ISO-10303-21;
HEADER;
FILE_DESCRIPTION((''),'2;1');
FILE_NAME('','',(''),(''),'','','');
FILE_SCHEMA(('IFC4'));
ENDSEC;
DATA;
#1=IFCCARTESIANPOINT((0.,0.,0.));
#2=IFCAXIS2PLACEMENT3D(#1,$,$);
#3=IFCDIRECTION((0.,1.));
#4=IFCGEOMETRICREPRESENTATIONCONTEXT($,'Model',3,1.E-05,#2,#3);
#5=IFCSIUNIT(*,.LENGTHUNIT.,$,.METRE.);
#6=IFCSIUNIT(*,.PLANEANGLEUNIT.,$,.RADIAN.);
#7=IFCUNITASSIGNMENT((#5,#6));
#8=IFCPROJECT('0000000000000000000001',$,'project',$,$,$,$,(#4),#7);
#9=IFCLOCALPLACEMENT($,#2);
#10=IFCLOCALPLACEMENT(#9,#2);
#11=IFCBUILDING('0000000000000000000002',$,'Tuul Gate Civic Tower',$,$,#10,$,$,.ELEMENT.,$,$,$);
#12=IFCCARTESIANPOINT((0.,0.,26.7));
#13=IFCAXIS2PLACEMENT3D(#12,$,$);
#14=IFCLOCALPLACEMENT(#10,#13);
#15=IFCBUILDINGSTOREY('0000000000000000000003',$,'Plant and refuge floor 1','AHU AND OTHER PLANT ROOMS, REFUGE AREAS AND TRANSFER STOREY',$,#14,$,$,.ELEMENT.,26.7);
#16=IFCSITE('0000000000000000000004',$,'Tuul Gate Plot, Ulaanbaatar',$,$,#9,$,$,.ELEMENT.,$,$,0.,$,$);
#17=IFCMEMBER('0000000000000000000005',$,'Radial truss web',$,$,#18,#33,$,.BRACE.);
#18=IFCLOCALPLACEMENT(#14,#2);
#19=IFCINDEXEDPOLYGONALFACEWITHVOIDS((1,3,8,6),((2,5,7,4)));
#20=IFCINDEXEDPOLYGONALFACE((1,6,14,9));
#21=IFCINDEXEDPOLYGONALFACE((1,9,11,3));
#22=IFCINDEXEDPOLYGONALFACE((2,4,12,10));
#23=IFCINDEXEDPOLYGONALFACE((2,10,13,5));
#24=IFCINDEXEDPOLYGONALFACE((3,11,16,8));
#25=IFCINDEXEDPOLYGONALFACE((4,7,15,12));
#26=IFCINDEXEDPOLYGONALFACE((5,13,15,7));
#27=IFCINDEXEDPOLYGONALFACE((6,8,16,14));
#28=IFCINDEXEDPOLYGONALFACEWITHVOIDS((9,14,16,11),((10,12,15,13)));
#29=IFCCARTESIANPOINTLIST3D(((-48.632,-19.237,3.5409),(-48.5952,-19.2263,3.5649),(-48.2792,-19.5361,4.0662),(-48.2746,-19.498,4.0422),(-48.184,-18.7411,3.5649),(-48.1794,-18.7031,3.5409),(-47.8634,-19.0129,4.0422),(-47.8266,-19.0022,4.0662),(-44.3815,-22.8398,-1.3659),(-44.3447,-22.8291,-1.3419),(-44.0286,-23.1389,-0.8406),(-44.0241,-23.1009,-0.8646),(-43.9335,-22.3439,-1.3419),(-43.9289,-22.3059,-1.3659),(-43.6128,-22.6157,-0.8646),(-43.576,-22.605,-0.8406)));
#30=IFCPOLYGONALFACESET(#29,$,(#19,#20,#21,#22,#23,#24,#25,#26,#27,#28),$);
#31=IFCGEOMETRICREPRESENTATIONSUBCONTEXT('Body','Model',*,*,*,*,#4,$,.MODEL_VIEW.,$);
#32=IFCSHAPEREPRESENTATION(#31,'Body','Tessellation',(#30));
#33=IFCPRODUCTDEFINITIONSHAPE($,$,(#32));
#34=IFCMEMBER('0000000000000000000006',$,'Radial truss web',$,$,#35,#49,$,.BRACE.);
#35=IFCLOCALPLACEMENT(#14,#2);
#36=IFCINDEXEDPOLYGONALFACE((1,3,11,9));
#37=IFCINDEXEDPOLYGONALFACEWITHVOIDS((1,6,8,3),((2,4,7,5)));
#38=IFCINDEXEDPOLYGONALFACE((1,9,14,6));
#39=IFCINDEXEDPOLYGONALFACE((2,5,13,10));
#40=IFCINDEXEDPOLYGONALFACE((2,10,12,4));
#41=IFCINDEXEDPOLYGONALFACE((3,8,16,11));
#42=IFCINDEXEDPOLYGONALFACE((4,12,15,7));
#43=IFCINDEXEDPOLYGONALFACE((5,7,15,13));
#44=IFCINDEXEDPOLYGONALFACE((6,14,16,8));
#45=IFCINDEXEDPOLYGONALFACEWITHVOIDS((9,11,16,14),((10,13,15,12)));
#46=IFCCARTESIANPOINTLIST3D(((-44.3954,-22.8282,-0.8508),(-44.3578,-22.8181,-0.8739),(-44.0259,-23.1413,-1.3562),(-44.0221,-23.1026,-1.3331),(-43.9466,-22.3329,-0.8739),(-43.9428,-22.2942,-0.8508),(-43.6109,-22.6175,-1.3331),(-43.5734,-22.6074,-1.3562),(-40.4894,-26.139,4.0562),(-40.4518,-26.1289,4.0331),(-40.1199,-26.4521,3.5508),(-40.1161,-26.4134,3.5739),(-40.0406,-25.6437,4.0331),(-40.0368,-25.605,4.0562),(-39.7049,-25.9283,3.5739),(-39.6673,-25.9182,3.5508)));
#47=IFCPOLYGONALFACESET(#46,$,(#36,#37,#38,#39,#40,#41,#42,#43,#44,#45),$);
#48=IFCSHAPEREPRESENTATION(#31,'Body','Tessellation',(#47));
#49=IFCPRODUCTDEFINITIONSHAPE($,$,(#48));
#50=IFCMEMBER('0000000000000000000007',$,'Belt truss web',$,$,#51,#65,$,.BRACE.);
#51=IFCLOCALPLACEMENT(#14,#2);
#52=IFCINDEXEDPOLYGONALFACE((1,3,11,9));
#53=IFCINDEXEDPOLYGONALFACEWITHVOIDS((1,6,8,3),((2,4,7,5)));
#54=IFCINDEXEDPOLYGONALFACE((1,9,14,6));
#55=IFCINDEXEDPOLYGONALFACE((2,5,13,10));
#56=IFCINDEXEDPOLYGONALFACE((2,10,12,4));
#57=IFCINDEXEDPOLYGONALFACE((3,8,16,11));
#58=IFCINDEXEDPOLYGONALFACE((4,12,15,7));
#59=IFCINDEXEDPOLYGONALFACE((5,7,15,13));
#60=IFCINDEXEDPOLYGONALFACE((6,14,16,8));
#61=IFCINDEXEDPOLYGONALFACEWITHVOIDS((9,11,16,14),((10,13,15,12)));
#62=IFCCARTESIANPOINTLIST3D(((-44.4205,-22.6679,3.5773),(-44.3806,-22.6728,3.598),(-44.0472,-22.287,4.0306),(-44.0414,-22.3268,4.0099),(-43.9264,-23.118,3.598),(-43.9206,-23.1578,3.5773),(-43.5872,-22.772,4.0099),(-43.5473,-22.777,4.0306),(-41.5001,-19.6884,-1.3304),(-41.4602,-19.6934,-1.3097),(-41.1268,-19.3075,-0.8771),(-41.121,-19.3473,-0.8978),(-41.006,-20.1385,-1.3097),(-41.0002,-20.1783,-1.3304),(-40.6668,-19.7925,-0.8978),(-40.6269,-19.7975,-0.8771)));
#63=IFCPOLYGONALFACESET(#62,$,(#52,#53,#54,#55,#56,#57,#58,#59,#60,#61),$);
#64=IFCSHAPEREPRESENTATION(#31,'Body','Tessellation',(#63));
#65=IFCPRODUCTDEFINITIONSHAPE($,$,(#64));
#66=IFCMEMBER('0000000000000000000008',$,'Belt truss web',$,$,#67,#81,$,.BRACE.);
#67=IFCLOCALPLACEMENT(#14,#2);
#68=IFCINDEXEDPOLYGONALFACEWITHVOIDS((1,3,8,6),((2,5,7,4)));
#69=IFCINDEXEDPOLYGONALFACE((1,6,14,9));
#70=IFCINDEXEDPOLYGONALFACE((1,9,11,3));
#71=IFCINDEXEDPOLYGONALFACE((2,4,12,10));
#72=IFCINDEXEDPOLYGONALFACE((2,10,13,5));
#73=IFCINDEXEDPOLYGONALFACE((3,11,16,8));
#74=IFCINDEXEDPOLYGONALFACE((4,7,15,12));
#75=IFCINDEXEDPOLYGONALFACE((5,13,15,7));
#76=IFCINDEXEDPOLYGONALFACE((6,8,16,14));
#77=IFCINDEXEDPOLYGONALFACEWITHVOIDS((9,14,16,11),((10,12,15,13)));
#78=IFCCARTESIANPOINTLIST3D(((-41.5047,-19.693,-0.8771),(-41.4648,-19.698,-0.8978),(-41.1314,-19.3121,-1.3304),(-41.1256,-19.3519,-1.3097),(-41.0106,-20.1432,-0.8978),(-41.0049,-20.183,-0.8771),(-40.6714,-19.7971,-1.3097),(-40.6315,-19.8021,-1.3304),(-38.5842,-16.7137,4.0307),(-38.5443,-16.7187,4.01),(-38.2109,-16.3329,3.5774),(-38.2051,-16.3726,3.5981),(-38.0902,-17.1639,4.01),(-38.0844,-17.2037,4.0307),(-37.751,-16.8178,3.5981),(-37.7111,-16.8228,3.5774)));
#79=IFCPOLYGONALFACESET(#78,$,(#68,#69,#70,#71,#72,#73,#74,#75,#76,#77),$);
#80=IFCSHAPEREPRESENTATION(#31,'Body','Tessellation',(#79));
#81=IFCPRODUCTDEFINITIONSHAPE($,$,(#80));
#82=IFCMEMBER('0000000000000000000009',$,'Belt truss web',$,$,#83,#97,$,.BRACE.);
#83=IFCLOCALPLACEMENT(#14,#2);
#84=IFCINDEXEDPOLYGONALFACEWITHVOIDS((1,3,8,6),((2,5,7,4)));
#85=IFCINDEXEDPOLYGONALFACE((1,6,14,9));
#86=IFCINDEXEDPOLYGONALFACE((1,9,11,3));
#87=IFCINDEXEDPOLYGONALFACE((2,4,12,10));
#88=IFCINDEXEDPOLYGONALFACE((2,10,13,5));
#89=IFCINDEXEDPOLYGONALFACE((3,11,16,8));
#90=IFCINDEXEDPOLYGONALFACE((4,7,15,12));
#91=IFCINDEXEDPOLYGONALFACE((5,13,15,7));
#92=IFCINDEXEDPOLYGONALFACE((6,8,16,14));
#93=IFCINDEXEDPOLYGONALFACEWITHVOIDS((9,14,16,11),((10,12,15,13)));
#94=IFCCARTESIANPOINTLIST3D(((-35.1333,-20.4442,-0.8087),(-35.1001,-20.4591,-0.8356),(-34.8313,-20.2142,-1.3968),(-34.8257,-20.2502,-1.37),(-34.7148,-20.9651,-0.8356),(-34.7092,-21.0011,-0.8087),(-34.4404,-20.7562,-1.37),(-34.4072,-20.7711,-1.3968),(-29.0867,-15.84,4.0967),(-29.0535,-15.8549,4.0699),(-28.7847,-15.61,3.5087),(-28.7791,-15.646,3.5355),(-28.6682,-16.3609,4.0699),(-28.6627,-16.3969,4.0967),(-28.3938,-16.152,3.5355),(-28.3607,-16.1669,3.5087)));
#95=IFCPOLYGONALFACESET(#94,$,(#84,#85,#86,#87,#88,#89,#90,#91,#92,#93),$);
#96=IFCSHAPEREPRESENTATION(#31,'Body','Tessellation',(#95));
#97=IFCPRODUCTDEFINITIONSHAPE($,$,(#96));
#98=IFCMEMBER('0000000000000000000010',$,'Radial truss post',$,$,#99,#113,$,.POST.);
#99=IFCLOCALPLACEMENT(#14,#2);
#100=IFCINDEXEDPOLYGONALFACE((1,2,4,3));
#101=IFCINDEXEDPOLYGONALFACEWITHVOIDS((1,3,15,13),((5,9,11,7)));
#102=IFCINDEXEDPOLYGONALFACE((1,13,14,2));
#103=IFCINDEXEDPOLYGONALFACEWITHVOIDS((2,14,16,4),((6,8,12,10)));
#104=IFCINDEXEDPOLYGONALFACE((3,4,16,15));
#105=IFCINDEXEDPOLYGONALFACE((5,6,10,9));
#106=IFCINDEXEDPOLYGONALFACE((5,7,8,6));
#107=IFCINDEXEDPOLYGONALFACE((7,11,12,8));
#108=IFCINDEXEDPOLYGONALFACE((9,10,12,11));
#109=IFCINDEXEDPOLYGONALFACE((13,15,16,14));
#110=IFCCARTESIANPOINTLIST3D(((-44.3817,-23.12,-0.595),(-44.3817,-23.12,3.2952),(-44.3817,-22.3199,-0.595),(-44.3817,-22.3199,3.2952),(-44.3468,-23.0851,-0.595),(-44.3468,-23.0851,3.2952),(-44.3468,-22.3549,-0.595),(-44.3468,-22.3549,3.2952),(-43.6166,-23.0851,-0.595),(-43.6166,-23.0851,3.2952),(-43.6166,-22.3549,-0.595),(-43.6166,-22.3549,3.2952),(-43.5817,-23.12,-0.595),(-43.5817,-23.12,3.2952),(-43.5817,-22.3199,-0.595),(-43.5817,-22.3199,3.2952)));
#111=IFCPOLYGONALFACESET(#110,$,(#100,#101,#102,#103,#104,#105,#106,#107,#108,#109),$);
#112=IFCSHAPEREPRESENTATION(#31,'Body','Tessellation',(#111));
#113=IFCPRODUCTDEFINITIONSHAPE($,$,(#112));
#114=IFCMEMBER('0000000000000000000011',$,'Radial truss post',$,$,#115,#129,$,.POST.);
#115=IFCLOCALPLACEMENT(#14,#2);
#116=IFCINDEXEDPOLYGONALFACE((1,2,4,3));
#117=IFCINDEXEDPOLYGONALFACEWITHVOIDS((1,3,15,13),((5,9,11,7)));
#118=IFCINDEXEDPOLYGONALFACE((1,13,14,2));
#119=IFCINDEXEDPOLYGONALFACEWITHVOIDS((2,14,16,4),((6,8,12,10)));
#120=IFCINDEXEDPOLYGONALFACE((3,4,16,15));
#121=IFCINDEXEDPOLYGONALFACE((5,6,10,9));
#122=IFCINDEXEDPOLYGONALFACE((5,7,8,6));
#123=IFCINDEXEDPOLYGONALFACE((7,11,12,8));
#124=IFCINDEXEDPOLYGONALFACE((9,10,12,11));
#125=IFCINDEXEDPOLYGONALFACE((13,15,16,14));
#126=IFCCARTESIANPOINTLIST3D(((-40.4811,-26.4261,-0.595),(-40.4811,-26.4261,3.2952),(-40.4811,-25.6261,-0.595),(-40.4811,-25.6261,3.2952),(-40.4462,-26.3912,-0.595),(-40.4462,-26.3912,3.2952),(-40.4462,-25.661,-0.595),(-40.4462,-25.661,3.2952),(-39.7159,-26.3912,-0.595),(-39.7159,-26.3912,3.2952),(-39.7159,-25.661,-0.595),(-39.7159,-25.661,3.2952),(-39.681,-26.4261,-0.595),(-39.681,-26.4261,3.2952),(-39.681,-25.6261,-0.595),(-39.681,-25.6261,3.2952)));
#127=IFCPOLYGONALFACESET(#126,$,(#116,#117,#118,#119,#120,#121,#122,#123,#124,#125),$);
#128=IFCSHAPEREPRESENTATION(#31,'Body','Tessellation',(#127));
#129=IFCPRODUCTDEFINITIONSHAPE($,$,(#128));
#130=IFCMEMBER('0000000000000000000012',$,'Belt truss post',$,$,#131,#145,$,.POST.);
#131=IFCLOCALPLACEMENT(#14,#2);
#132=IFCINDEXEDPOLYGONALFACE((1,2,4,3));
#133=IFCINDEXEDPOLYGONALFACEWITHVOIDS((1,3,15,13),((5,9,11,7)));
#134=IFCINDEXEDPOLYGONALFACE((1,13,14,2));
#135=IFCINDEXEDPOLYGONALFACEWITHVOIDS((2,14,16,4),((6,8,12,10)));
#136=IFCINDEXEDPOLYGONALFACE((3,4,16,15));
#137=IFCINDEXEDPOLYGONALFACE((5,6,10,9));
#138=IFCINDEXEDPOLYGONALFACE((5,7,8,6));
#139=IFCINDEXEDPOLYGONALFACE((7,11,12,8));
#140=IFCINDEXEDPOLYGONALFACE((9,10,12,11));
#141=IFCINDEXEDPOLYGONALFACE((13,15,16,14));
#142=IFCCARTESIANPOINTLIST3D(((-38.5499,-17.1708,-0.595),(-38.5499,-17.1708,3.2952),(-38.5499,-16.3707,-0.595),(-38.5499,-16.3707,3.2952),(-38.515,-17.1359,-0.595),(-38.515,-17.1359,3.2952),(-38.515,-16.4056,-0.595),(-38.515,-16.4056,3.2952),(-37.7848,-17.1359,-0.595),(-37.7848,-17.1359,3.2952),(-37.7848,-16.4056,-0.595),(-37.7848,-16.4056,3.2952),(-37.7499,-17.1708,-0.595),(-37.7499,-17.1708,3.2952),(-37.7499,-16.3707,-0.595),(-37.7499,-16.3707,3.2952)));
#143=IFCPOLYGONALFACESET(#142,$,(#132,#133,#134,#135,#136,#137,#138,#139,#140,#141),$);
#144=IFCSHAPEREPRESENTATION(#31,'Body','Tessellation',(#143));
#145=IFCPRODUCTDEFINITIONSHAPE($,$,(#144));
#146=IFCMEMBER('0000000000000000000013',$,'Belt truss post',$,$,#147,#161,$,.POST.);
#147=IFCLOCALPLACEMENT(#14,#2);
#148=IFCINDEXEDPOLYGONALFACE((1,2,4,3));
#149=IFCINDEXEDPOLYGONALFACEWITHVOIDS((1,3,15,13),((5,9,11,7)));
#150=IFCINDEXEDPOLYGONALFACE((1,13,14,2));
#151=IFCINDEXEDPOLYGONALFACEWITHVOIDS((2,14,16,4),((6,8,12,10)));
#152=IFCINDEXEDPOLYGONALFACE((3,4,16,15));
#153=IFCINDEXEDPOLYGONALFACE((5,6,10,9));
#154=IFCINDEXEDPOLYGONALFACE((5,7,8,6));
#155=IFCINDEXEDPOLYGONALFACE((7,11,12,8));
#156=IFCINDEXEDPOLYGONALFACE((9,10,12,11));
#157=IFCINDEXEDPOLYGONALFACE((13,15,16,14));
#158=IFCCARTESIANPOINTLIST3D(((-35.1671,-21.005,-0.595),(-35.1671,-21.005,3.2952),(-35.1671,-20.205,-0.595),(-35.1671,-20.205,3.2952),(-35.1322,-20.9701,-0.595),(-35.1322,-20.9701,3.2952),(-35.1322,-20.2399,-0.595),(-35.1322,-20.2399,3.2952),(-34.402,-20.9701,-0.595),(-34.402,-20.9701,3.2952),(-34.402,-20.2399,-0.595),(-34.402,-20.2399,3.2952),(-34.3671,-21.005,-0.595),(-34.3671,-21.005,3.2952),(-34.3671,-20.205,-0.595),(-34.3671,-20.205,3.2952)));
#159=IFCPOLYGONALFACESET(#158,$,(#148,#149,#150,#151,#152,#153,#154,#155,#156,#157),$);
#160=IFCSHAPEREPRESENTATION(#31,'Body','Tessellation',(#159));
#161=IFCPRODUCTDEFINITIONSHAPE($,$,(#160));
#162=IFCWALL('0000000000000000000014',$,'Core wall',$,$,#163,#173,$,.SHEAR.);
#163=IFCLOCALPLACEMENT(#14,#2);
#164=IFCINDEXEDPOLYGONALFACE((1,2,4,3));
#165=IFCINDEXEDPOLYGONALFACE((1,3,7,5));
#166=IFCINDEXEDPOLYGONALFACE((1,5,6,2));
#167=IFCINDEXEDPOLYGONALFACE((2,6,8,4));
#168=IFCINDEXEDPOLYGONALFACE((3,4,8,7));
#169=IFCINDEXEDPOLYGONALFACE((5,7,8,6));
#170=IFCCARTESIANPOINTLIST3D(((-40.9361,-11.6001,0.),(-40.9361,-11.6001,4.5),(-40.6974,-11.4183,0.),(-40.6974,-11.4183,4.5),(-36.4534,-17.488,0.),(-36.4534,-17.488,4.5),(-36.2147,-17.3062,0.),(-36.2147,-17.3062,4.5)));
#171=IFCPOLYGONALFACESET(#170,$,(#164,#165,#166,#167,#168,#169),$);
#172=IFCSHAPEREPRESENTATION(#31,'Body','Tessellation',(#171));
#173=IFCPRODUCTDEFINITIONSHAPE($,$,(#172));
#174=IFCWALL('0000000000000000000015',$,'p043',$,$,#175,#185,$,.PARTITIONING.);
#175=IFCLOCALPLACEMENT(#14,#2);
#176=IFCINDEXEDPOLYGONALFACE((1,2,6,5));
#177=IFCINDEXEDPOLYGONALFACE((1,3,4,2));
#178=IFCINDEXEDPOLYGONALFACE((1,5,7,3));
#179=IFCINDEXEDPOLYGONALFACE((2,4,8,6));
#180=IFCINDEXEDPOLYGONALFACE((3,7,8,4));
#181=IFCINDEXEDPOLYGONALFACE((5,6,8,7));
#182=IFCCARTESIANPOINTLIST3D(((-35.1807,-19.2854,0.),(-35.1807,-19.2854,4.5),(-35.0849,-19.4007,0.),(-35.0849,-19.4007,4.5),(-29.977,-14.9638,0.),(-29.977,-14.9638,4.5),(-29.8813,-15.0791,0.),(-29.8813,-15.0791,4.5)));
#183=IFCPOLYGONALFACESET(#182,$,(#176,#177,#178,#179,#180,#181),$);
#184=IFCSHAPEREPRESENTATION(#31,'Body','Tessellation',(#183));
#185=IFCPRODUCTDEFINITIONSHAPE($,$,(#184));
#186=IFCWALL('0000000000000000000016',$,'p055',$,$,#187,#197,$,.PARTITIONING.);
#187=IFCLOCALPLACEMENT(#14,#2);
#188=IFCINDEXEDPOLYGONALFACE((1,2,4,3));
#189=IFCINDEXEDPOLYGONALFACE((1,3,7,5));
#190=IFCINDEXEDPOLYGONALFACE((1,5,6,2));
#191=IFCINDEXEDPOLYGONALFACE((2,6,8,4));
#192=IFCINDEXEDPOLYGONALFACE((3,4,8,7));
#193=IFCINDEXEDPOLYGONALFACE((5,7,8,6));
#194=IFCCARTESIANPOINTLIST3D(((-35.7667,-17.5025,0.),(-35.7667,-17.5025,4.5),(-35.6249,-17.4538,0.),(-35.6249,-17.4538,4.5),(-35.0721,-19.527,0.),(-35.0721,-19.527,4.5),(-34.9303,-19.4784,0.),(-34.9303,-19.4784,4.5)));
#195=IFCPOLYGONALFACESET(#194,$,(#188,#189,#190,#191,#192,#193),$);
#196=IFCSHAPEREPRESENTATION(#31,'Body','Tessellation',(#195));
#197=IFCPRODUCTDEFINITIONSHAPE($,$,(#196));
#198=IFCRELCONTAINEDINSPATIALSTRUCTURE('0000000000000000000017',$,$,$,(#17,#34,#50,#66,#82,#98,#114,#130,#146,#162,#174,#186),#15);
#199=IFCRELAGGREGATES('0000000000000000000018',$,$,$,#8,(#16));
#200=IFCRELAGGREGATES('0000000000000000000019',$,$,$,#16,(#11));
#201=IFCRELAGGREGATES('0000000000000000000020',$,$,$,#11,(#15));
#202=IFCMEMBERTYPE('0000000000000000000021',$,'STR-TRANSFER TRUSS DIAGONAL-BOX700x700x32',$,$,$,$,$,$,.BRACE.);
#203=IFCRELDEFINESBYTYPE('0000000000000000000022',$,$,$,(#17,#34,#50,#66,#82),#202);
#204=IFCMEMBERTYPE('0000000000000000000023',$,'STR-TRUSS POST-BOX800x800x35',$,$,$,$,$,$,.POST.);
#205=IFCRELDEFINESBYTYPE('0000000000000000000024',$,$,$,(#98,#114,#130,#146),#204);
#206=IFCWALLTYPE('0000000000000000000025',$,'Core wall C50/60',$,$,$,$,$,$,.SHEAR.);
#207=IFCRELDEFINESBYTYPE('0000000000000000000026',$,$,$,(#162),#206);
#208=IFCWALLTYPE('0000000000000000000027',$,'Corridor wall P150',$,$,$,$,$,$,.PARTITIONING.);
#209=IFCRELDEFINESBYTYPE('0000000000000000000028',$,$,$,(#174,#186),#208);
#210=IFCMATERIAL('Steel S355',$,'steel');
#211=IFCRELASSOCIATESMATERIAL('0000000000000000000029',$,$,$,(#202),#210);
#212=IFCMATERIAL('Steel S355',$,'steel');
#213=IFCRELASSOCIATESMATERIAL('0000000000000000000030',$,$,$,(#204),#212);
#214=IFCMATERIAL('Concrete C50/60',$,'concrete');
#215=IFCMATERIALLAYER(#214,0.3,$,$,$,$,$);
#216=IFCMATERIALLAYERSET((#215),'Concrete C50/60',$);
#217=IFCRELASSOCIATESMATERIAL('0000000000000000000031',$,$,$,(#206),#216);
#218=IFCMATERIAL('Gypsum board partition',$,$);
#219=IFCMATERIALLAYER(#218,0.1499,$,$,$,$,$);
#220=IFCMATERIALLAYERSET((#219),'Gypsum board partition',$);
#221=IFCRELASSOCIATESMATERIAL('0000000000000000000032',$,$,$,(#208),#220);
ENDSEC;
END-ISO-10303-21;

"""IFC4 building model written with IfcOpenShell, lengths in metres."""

from ifc_helpers import new_model, si_unit, direction, frame, frame_2d, origin, origin_2d, place, context, subcontext, project, spatial, rectangle, hollow_rectangle, extrude, material, layer, layer_set, material_profile, profile_set, type_object, element, save


model = new_model("IFC4")

# Units and contexts
model_context = context("Model", 3, precision=1e-05, world=origin(), true_north=direction((0.0, 1.0)))
body_context = subcontext(model_context, "Body", "Model", "MODEL_VIEW")
ifc_project = project(units=[si_unit("LENGTHUNIT", "METRE"), si_unit("PLANEANGLEUNIT", "RADIAN")], contexts=[model_context])

# Site, building, storey
site_placement = place(None, origin())
site = spatial("IfcSite", under=ifc_project, at=site_placement, Name="Tuul Gate Plot, Ulaanbaatar", CompositionType="ELEMENT", RefElevation=0.0)
building_placement = place(site_placement, origin())
building = spatial("IfcBuilding", under=site, at=building_placement, Name="Tuul Gate Civic Tower", CompositionType="ELEMENT")
storey_placement = place(building_placement, frame((0.0, 0.0, 26.7)))
storey = spatial("IfcBuildingStorey", under=building, at=storey_placement, Name="Plant and refuge floor 1", Description="AHU AND OTHER PLANT ROOMS, REFUGE AREAS AND TRANSFER STOREY", CompositionType="ELEMENT", Elevation=26.7)

# Members
ifc_material_1 = material(Name="Steel S355", Category="steel")
ifc_material_profile_1 = material_profile(ifc_material_1, hollow_rectangle(XDim=0.7, YDim=0.7, WallThickness=0.032, at=origin_2d()), Name="BOX700x700x32")
ifc_profile_set_1 = profile_set([ifc_material_profile_1], Name="Steel S355")
member_type_1 = type_object("IfcMemberType", Name="STR-TRANSFER TRUSS DIAGONAL-BOX700x700x32", PredefinedType="BRACE", material=ifc_profile_set_1)
member_1_placement = place(storey_placement, frame((-43.9788, -22.7224, -1.1033), z_axis=(-0.572497, 0.485258, 0.660887), x_axis=(-0.646592, -0.762836, 0.0)))
element("IfcMember", 1, at=member_1_placement, inside=storey, type_object=member_type_1, Name="Radial truss web", PredefinedType="BRACE", context=body_context, shape_type="SweptSolid", body=[
    extrude(hollow_rectangle(XDim=0.7, YDim=0.7, WallThickness=0.032, at=origin_2d()), origin(), (0.0, 0.0, 1.0), 7.4246),
])
member_2_placement = place(storey_placement, frame((-43.9844, -22.7178, -1.1035), z_axis=(0.550761, -0.466834, 0.691902), x_axis=(0.646592, 0.762836, 0.0)))
element("IfcMember", 2, at=member_2_placement, inside=storey, type_object=member_type_1, Name="Radial truss web", PredefinedType="BRACE", context=body_context, shape_type="SweptSolid", body=[
    extrude(hollow_rectangle(XDim=0.7, YDim=0.7, WallThickness=0.032, at=origin_2d()), origin(), (0.0, 0.0, 1.0), 7.092),
])
for number, where, z_axis, x_axis, name in (
    (3, (-41.0635, -19.7429, -1.1038), (-0.45338, -0.462552, 0.7619), (0.714152, -0.699991, 0.0), "Belt truss web"),
    (4, (-41.0681, -19.7476, -1.1038), (0.453388, 0.462523, 0.761913), (-0.714123, 0.70002, 0.0), "Belt truss web"),
):
    element("IfcMember", number, at=place(storey_placement, frame(where, z_axis=z_axis, x_axis=x_axis)), inside=storey, type_object=member_type_1, Name=name, PredefinedType="BRACE", context=body_context, shape_type="SweptSolid", body=[
        extrude(hollow_rectangle(XDim=0.7, YDim=0.7, WallThickness=0.032, at=origin_2d()), origin(), (0.0, 0.0, 1.0), 6.4414),
    ])
member_3_placement = place(storey_placement, frame((-34.7703, -20.6077, -1.1028), z_axis=(0.668453, 0.508998, 0.542303), x_axis=(-0.605818, 0.795604, 0.0)))
element("IfcMember", 5, at=member_3_placement, inside=storey, type_object=member_type_1, Name="Belt truss web", PredefinedType="BRACE", context=body_context, shape_type="SweptSolid", body=[
    extrude(hollow_rectangle(XDim=0.7, YDim=0.7, WallThickness=0.032, at=origin_2d()), origin(), (0.0, 0.0, 1.0), 9.0457),
])
ifc_material_2 = material(Name="Steel S355", Category="steel")
ifc_material_profile_2 = material_profile(ifc_material_2, hollow_rectangle(XDim=0.8, YDim=0.8, WallThickness=0.0349, at=origin_2d()), Name="BOX800x800x35")
ifc_profile_set_2 = profile_set([ifc_material_profile_2], Name="Steel S355")
member_type_2 = type_object("IfcMemberType", Name="STR-TRUSS POST-BOX800x800x35", PredefinedType="POST", material=ifc_profile_set_2)
for number, where, z_axis, x_axis, name in (
    (6, (-43.9817, -22.72, -0.595), (0.0, 0.0, 1.0), (1.0, 0.0, 0.0), "Radial truss post"),
    (7, (-40.0811, -26.0261, -0.595), (0.0, 0.0, 1.0), (1.0, 0.0, 0.0), "Radial truss post"),
    (8, (-38.1499, -16.7708, -0.595), (0.0, 0.0, 1.0), (1.0, 0.0, 0.0), "Belt truss post"),
    (9, (-34.7671, -20.605, -0.595), (0.0, 0.0, 1.0), (1.0, 0.0, 0.0), "Belt truss post"),
):
    element("IfcMember", number, at=place(storey_placement, frame(where, z_axis=z_axis, x_axis=x_axis)), inside=storey, type_object=member_type_2, Name=name, PredefinedType="POST", context=body_context, shape_type="SweptSolid", body=[
        extrude(hollow_rectangle(XDim=0.8, YDim=0.8, WallThickness=0.0349, at=origin_2d()), origin(), (0.0, 0.0, 1.0), 3.8901),
    ])

# Walls
ifc_material_3 = material(Name="Concrete C50/60", Category="concrete")
ifc_layer_1 = layer(ifc_material_3, 0.3)
ifc_layer_set_1 = layer_set([ifc_layer_1], Name="Concrete C50/60")
wall_type_1 = type_object("IfcWallType", Name="Core wall C50/60", PredefinedType="SHEAR", material=ifc_layer_set_1)
wall_1_placement = place(storey_placement, frame((-36.334, -17.3972, 0.0), z_axis=(0.0, 0.0, 1.0), x_axis=(-0.605754, 0.795652, 0.0)))
element("IfcWall", 10, at=wall_1_placement, inside=storey, type_object=wall_type_1, Name="Core wall", PredefinedType="SHEAR", context=body_context, shape_type="SweptSolid", body=[
    extrude(rectangle(XDim=7.4001, YDim=0.3, at=frame_2d((3.7002, 0.0))), origin(), (0.0, 0.0, 1.0), 4.5),
])
ifc_material_4 = material(Name="Gypsum board partition")
ifc_layer_2 = layer(ifc_material_4, 0.1499)
ifc_layer_set_2 = layer_set([ifc_layer_2], Name="Gypsum board partition")
wall_type_2 = type_object("IfcWallType", Name="Corridor wall P150", PredefinedType="PARTITIONING", material=ifc_layer_set_2)
wall_2_placement = place(storey_placement, frame((-35.1328, -19.343, 0.0), z_axis=(0.0, 0.0, 1.0), x_axis=(0.769297, 0.638891, 0.0)))
element("IfcWall", 11, at=wall_2_placement, inside=storey, type_object=wall_type_2, Name="p043", PredefinedType="PARTITIONING", context=body_context, shape_type="SweptSolid", body=[
    extrude(rectangle(XDim=6.7642, YDim=0.1499, at=frame_2d((3.3821, 0.0))), origin(), (0.0, 0.0, 1.0), 4.5),
])
wall_3_placement = place(storey_placement, frame((-35.6958, -17.478, 0.0), z_axis=(0.0, 0.0, 1.0), x_axis=(0.324496, -0.945887, 0.0)))
element("IfcWall", 12, at=wall_3_placement, inside=storey, type_object=wall_type_2, Name="p055", PredefinedType="PARTITIONING", context=body_context, shape_type="SweptSolid", body=[
    extrude(rectangle(XDim=2.1404, YDim=0.1499, at=frame_2d((1.0703, 0.0))), origin(), (0.0, 0.0, 1.0), 4.5),
])

save(model, "model.ifc")
